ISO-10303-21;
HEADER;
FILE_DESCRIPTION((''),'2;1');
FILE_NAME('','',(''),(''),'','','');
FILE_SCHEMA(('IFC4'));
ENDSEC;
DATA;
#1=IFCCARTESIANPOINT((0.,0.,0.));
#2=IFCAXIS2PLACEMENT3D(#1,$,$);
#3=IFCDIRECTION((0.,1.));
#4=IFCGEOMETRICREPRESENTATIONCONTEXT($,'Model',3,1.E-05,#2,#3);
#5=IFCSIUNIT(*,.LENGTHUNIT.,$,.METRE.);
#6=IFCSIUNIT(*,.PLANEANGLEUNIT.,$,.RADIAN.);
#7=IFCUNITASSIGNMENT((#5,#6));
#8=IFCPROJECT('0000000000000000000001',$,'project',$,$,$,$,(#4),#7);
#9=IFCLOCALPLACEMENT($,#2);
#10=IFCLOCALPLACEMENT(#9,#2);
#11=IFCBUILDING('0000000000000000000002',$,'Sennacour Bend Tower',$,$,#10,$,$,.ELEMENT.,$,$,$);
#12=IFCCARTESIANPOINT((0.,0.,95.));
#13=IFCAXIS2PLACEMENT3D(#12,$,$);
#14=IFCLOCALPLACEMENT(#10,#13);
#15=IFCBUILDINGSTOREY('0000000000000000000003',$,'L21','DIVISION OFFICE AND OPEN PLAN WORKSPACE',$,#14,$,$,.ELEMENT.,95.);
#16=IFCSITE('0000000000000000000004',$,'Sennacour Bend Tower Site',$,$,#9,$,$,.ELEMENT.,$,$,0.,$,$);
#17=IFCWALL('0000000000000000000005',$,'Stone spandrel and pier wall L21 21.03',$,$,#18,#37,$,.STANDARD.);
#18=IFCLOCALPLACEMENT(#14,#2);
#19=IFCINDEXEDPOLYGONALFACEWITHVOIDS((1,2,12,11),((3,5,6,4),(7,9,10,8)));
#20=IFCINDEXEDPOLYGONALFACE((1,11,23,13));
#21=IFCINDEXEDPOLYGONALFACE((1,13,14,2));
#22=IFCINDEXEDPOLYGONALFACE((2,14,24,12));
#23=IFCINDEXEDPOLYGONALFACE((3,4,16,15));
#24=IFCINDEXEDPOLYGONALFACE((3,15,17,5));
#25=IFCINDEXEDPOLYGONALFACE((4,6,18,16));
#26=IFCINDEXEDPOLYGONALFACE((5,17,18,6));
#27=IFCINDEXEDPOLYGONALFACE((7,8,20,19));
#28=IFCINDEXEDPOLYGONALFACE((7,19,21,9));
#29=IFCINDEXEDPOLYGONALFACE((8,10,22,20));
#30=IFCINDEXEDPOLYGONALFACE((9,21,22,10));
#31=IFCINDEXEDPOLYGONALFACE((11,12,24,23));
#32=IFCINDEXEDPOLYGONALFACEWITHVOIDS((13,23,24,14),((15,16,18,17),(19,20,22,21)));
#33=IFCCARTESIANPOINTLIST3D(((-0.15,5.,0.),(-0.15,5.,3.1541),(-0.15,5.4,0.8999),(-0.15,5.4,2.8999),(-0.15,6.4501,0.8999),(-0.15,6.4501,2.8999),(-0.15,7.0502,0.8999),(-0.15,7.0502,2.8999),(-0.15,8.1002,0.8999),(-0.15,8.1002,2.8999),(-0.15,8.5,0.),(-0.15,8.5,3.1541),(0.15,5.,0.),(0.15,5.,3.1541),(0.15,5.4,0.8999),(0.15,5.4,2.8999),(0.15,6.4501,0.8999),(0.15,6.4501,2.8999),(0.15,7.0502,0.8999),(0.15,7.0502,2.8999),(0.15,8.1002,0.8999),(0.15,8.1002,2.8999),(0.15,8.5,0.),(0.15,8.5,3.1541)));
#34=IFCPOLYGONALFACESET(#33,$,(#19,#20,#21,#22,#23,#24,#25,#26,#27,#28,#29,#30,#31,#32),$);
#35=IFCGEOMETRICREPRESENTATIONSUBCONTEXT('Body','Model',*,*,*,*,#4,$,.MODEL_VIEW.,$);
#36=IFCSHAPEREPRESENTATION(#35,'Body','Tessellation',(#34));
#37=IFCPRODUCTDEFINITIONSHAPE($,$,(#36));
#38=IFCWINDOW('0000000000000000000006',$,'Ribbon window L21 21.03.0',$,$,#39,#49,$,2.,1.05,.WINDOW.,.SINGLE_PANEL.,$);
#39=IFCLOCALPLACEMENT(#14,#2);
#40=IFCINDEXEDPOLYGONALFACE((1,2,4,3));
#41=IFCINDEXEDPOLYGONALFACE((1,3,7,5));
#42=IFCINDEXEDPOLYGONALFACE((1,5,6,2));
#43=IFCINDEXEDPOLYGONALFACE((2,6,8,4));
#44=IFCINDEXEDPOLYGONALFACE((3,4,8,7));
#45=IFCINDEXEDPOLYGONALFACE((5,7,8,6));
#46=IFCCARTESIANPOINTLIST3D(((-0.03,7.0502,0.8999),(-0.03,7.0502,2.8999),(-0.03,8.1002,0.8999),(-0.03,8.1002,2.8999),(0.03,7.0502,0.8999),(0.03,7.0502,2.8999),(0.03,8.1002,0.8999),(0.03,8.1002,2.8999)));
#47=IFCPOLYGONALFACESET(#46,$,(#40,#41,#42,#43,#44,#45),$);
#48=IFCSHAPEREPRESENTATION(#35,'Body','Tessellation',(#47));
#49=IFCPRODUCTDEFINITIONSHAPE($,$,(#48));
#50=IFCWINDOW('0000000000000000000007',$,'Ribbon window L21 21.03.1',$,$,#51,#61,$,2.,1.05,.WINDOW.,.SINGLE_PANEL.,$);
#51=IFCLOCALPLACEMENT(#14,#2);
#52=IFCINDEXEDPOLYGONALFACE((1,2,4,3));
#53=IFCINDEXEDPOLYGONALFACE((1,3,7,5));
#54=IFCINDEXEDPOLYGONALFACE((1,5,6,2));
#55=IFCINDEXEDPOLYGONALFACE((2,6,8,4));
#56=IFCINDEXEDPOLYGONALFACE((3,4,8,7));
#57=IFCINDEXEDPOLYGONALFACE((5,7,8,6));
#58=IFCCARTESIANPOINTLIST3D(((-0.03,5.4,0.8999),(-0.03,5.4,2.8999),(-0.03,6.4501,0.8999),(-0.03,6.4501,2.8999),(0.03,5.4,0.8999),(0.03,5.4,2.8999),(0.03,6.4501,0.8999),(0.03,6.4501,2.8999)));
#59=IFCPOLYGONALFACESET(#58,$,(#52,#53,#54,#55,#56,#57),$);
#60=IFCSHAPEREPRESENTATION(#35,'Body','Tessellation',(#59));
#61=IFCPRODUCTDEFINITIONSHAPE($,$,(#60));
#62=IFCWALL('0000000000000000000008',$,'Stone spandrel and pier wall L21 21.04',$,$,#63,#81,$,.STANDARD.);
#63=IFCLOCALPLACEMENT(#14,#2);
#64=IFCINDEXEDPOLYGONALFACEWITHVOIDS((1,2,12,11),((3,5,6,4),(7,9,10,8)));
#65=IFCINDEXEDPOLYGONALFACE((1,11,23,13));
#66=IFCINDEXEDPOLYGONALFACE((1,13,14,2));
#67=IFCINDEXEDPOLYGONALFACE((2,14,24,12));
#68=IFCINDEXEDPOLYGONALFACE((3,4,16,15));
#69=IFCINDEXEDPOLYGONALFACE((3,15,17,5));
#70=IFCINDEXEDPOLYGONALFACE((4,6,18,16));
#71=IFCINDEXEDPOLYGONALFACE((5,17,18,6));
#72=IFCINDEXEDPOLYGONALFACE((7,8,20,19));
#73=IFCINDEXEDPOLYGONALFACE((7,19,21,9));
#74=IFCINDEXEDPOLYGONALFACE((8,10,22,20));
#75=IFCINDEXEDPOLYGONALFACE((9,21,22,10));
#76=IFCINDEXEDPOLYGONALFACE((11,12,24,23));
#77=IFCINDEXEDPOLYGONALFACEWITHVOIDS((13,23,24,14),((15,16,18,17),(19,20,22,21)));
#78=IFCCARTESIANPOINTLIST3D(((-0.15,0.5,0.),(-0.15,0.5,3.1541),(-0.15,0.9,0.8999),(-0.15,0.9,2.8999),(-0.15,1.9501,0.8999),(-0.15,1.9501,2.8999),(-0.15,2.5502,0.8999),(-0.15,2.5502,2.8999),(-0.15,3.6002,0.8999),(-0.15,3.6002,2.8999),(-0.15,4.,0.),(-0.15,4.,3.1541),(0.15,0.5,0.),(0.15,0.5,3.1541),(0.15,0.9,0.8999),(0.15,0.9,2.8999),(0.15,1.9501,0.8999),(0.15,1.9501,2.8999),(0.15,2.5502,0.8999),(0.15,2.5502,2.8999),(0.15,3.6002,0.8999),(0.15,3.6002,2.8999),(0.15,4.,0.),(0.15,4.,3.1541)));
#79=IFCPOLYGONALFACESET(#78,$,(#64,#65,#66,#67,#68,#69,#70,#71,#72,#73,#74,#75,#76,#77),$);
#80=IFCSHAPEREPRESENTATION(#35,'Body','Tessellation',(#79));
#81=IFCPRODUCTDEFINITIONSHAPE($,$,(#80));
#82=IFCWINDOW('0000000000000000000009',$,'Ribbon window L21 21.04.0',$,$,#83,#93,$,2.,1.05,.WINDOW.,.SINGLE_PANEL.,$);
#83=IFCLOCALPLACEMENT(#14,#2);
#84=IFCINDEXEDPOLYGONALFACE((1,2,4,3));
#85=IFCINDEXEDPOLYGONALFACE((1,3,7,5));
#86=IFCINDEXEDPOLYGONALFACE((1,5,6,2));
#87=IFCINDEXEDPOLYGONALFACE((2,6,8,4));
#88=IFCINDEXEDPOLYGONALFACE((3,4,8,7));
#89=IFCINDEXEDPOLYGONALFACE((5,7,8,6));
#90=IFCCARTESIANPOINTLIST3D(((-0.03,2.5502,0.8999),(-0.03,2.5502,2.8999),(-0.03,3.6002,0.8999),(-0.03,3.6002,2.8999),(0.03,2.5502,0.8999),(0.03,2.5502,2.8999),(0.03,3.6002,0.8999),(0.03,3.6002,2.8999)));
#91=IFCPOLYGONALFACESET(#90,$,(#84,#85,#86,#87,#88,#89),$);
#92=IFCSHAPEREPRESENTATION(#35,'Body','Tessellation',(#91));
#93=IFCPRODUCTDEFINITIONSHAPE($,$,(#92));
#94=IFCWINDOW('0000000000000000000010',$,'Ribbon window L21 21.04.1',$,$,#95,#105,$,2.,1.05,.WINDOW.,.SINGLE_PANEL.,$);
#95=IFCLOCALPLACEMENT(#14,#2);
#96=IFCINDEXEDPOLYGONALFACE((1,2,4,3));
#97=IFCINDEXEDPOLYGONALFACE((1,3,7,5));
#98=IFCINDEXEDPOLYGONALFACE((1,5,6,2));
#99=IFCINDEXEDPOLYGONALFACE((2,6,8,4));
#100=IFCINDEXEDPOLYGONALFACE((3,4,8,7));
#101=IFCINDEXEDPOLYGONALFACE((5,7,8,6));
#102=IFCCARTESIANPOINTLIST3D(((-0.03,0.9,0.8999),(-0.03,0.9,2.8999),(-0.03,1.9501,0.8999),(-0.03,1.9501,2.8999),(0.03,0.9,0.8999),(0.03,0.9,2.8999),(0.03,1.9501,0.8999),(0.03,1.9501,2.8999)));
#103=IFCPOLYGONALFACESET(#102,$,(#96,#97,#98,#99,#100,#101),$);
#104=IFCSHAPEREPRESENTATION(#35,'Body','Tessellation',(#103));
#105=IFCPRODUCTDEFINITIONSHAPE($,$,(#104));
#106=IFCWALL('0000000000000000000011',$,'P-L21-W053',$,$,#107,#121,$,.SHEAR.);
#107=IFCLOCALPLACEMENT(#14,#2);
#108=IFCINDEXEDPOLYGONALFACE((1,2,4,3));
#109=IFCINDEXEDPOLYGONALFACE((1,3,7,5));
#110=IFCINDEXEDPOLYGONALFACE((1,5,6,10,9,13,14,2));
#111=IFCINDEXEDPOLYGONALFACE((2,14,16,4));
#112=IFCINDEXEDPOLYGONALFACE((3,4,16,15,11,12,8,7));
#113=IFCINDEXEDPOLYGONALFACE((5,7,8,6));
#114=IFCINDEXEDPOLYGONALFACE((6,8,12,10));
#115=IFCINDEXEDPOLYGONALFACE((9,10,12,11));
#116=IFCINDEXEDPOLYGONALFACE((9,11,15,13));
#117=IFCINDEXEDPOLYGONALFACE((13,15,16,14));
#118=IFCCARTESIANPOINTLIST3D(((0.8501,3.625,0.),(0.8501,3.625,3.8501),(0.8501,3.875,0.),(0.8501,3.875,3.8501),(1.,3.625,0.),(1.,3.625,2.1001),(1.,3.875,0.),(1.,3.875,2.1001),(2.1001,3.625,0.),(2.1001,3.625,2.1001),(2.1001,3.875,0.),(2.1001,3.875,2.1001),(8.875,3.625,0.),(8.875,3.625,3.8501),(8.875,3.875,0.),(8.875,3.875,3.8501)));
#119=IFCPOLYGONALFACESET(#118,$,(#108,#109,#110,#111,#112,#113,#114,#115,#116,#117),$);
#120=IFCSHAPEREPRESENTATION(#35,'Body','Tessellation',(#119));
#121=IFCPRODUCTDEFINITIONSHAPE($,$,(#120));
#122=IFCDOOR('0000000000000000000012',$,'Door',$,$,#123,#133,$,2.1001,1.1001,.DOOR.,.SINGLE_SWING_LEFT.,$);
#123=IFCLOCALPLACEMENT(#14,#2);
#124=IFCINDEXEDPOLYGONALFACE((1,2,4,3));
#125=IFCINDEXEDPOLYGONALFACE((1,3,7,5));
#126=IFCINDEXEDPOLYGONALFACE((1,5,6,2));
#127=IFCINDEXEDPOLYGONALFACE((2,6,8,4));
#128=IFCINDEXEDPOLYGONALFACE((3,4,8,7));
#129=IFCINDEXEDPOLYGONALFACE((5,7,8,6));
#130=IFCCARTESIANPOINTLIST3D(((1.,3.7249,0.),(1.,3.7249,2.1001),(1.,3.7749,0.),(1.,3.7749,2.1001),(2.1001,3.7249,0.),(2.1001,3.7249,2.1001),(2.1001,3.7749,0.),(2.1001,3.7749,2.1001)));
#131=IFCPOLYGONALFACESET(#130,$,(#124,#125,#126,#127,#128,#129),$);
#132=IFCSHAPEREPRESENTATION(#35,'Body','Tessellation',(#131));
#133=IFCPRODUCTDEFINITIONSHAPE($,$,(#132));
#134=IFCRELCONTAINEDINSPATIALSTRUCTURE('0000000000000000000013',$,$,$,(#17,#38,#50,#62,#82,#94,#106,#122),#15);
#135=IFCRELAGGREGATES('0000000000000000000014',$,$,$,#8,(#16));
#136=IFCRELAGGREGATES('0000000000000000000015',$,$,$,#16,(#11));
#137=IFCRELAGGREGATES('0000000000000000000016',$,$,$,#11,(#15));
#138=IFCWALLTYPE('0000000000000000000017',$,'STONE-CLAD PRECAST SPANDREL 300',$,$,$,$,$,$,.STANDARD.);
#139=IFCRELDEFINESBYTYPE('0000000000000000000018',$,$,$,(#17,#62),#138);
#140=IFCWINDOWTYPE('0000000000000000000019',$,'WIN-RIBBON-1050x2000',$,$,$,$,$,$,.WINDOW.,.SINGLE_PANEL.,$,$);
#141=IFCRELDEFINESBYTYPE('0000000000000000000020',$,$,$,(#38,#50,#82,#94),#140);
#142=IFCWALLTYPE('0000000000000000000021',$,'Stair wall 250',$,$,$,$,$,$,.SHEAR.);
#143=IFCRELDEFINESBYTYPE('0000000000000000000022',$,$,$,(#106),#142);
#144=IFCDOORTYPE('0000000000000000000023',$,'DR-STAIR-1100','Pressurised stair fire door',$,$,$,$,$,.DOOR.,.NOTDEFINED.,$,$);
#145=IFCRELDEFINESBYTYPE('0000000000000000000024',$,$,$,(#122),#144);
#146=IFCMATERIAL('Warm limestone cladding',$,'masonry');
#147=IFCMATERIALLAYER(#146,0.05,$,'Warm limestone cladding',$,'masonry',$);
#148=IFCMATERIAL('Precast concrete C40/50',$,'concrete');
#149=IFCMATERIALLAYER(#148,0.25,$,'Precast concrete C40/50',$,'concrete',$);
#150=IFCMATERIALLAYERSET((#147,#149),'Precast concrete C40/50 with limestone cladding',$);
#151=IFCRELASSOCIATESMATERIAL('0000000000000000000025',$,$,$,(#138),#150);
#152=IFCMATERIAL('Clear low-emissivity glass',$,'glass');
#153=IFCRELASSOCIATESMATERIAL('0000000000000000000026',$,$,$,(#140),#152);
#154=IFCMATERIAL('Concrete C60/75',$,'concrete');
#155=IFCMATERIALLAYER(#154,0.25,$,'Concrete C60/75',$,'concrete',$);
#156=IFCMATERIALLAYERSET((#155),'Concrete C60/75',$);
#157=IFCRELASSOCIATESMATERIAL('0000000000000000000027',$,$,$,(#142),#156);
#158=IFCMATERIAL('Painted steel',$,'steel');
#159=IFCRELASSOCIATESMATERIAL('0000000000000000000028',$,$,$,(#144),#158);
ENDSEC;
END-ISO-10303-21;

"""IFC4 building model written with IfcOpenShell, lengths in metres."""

from ifc_helpers import new_model, si_unit, direction, frame, frame_2d, origin, place, context, subcontext, project, spatial, rectangle, extrude, material, layer, layer_set, type_object, element, fill, save


model = new_model("IFC4")

# Units and contexts
model_context = context("Model", 3, precision=1e-05, world=origin(), true_north=direction((0.0, 1.0)))
body_context = subcontext(model_context, "Body", "Model", "MODEL_VIEW")
ifc_project = project(units=[si_unit("LENGTHUNIT", "METRE"), si_unit("PLANEANGLEUNIT", "RADIAN")], contexts=[model_context])

# Site, building, storey
site_placement = place(None, origin())
site = spatial("IfcSite", under=ifc_project, at=site_placement, Name="Sennacour Bend Tower Site", CompositionType="ELEMENT", RefElevation=0.0)
building_placement = place(site_placement, origin())
building = spatial("IfcBuilding", under=site, at=building_placement, Name="Sennacour Bend Tower", CompositionType="ELEMENT")
storey_placement = place(building_placement, frame((0.0, 0.0, 95.0)))
storey = spatial("IfcBuildingStorey", under=building, at=storey_placement, Name="L21", Description="DIVISION OFFICE AND OPEN PLAN WORKSPACE", CompositionType="ELEMENT", Elevation=95.0)

# Walls, openings, windows
ifc_material_1 = material(Name="Warm limestone cladding", Category="masonry")
ifc_layer_1 = layer(ifc_material_1, 0.05, Name="Warm limestone cladding", Category="masonry")
ifc_material_2 = material(Name="Precast concrete C40/50", Category="concrete")
ifc_layer_2 = layer(ifc_material_2, 0.25, Name="Precast concrete C40/50", Category="concrete")
ifc_layer_set_1 = layer_set([ifc_layer_1, ifc_layer_2], Name="Precast concrete C40/50 with limestone cladding")
wall_type_1 = type_object("IfcWallType", Name="STONE-CLAD PRECAST SPANDREL 300", PredefinedType="STANDARD", material=ifc_layer_set_1)
wall_1_placement = place(storey_placement, frame((0.0, 8.5, 0.0), z_axis=(0.0, 0.0, 1.0), x_axis=(0.0, -1.0, 0.0)))
wall_1 = element("IfcWall", 1, at=wall_1_placement, inside=storey, type_object=wall_type_1, Name="Stone spandrel and pier wall L21 21.03", PredefinedType="STANDARD", context=body_context, shape_type="SweptSolid", body=[
    extrude(rectangle(XDim=3.5, YDim=0.3, at=frame_2d((1.75, 0.0))), origin(), (0.0, 0.0, 1.0), 3.1541),
])
opening_1_placement = place(wall_1_placement, frame((0.3999, 0.0, 0.8999)))
opening_1 = element("IfcOpeningElement", 2, at=opening_1_placement, cuts=wall_1, PredefinedType="OPENING", context=body_context, shape_type="SweptSolid", body=[
    extrude(rectangle(XDim=1.05, YDim=2.0, at=frame_2d((0.5249, 1.0))), frame((0.0, 0.1602, 0.0), z_axis=(0.0, -1.0, 0.0), x_axis=(1.0, 0.0, 0.0)), (0.0, 0.0, 1.0), 0.3201),
])
opening_2_placement = place(wall_1_placement, frame((2.05, 0.0, 0.8999)))
opening_2 = element("IfcOpeningElement", 3, at=opening_2_placement, cuts=wall_1, PredefinedType="OPENING", context=body_context, shape_type="SweptSolid", body=[
    extrude(rectangle(XDim=1.05, YDim=2.0, at=frame_2d((0.5249, 1.0))), frame((0.0, 0.1602, 0.0), z_axis=(0.0, -1.0, 0.0), x_axis=(1.0, 0.0, 0.0)), (0.0, 0.0, 1.0), 0.3201),
])
ifc_material_3 = material(Name="Clear low-emissivity glass", Category="glass")
window_type = type_object("IfcWindowType", Name="WIN-RIBBON-1050x2000", PartitioningType="SINGLE_PANEL", PredefinedType="WINDOW", material=ifc_material_3)
window_1_placement = place(opening_1_placement, origin())
window_1 = element("IfcWindow", 4, at=window_1_placement, inside=storey, type_object=window_type, Name="Ribbon window L21 21.03.0", OverallHeight=2.0, OverallWidth=1.05, PartitioningType="SINGLE_PANEL", PredefinedType="WINDOW", context=body_context, shape_type="SweptSolid", body=[
    extrude(rectangle(XDim=1.05, YDim=2.0, at=frame_2d((0.5249, 1.0))), frame((0.0, 0.03, 0.0), z_axis=(0.0, -1.0, 0.0), x_axis=(1.0, 0.0, 0.0)), (0.0, 0.0, 1.0), 0.0601),
])
fill(opening_1, window_1)
window_2_placement = place(opening_2_placement, origin())
window_2 = element("IfcWindow", 5, at=window_2_placement, inside=storey, type_object=window_type, Name="Ribbon window L21 21.03.1", OverallHeight=2.0, OverallWidth=1.05, PartitioningType="SINGLE_PANEL", PredefinedType="WINDOW", context=body_context, shape_type="SweptSolid", body=[
    extrude(rectangle(XDim=1.05, YDim=2.0, at=frame_2d((0.5249, 1.0))), frame((0.0, 0.03, 0.0), z_axis=(0.0, -1.0, 0.0), x_axis=(1.0, 0.0, 0.0)), (0.0, 0.0, 1.0), 0.0601),
])
fill(opening_2, window_2)
wall_2_placement = place(storey_placement, frame((0.0, 4.0, 0.0), z_axis=(0.0, 0.0, 1.0), x_axis=(0.0, -1.0, 0.0)))
wall_2 = element("IfcWall", 6, at=wall_2_placement, inside=storey, type_object=wall_type_1, Name="Stone spandrel and pier wall L21 21.04", PredefinedType="STANDARD", context=body_context, shape_type="SweptSolid", body=[
    extrude(rectangle(XDim=3.5, YDim=0.3, at=frame_2d((1.75, 0.0))), origin(), (0.0, 0.0, 1.0), 3.1541),
])
opening_3_placement = place(wall_2_placement, frame((0.3999, 0.0, 0.8999)))
opening_3 = element("IfcOpeningElement", 7, at=opening_3_placement, cuts=wall_2, PredefinedType="OPENING", context=body_context, shape_type="SweptSolid", body=[
    extrude(rectangle(XDim=1.05, YDim=2.0, at=frame_2d((0.5249, 1.0))), frame((0.0, 0.1602, 0.0), z_axis=(0.0, -1.0, 0.0), x_axis=(1.0, 0.0, 0.0)), (0.0, 0.0, 1.0), 0.3201),
])
opening_4_placement = place(wall_2_placement, frame((2.05, 0.0, 0.8999)))
opening_4 = element("IfcOpeningElement", 8, at=opening_4_placement, cuts=wall_2, PredefinedType="OPENING", context=body_context, shape_type="SweptSolid", body=[
    extrude(rectangle(XDim=1.05, YDim=2.0, at=frame_2d((0.5249, 1.0))), frame((0.0, 0.1602, 0.0), z_axis=(0.0, -1.0, 0.0), x_axis=(1.0, 0.0, 0.0)), (0.0, 0.0, 1.0), 0.3201),
])
window_3_placement = place(opening_3_placement, origin())
window_3 = element("IfcWindow", 9, at=window_3_placement, inside=storey, type_object=window_type, Name="Ribbon window L21 21.04.0", OverallHeight=2.0, OverallWidth=1.05, PartitioningType="SINGLE_PANEL", PredefinedType="WINDOW", context=body_context, shape_type="SweptSolid", body=[
    extrude(rectangle(XDim=1.05, YDim=2.0, at=frame_2d((0.5249, 1.0))), frame((0.0, 0.03, 0.0), z_axis=(0.0, -1.0, 0.0), x_axis=(1.0, 0.0, 0.0)), (0.0, 0.0, 1.0), 0.0601),
])
fill(opening_3, window_3)
window_4_placement = place(opening_4_placement, origin())
window_4 = element("IfcWindow", 10, at=window_4_placement, inside=storey, type_object=window_type, Name="Ribbon window L21 21.04.1", OverallHeight=2.0, OverallWidth=1.05, PartitioningType="SINGLE_PANEL", PredefinedType="WINDOW", context=body_context, shape_type="SweptSolid", body=[
    extrude(rectangle(XDim=1.05, YDim=2.0, at=frame_2d((0.5249, 1.0))), frame((0.0, 0.03, 0.0), z_axis=(0.0, -1.0, 0.0), x_axis=(1.0, 0.0, 0.0)), (0.0, 0.0, 1.0), 0.0601),
])
fill(opening_4, window_4)

# Wall, opening, door
ifc_material_4 = material(Name="Concrete C60/75", Category="concrete")
ifc_layer_3 = layer(ifc_material_4, 0.25, Name="Concrete C60/75", Category="concrete")
ifc_layer_set_2 = layer_set([ifc_layer_3], Name="Concrete C60/75")
wall_type_2 = type_object("IfcWallType", Name="Stair wall 250", PredefinedType="SHEAR", material=ifc_layer_set_2)
wall_3_placement = place(storey_placement, frame((0.8501, 3.75, 0.0), z_axis=(0.0, 0.0, 1.0), x_axis=(1.0, 0.0, 0.0)))
wall_3 = element("IfcWall", 11, at=wall_3_placement, inside=storey, type_object=wall_type_2, Name="P-L21-W053", PredefinedType="SHEAR", context=body_context, shape_type="SweptSolid", body=[
    extrude(rectangle(XDim=8.0249, YDim=0.25, at=frame_2d((4.0125, 0.0))), origin(), (0.0, 0.0, 1.0), 3.8501),
])
opening_5_placement = place(wall_3_placement, frame((0.1499, 0.0, 0.0)))
opening_5 = element("IfcOpeningElement", 12, at=opening_5_placement, cuts=wall_3, PredefinedType="OPENING", context=body_context, shape_type="SweptSolid", body=[
    extrude(rectangle(XDim=1.1001, YDim=2.1001, at=frame_2d((0.55, 1.05))), frame((0.0, 0.135, 0.0), z_axis=(0.0, -1.0, 0.0), x_axis=(1.0, 0.0, 0.0)), (0.0, 0.0, 1.0), 0.27),
])
ifc_material_5 = material(Name="Painted steel", Category="steel")
door_type = type_object("IfcDoorType", Name="DR-STAIR-1100", Description="Pressurised stair fire door", OperationType="NOTDEFINED", PredefinedType="DOOR", material=ifc_material_5)
door_placement = place(opening_5_placement, origin())
door = element("IfcDoor", 13, at=door_placement, inside=storey, type_object=door_type, Name="Door", OperationType="SINGLE_SWING_LEFT", OverallHeight=2.1001, OverallWidth=1.1001, PredefinedType="DOOR", context=body_context, shape_type="SweptSolid", body=[
    extrude(rectangle(XDim=1.1001, YDim=2.1001, at=frame_2d((0.55, 1.05))), frame((0.0, 0.0249, 0.0), z_axis=(0.0, -1.0, 0.0), x_axis=(1.0, 0.0, 0.0)), (0.0, 0.0, 1.0), 0.05),
])
fill(opening_5, door)

save(model, "model.ifc")
